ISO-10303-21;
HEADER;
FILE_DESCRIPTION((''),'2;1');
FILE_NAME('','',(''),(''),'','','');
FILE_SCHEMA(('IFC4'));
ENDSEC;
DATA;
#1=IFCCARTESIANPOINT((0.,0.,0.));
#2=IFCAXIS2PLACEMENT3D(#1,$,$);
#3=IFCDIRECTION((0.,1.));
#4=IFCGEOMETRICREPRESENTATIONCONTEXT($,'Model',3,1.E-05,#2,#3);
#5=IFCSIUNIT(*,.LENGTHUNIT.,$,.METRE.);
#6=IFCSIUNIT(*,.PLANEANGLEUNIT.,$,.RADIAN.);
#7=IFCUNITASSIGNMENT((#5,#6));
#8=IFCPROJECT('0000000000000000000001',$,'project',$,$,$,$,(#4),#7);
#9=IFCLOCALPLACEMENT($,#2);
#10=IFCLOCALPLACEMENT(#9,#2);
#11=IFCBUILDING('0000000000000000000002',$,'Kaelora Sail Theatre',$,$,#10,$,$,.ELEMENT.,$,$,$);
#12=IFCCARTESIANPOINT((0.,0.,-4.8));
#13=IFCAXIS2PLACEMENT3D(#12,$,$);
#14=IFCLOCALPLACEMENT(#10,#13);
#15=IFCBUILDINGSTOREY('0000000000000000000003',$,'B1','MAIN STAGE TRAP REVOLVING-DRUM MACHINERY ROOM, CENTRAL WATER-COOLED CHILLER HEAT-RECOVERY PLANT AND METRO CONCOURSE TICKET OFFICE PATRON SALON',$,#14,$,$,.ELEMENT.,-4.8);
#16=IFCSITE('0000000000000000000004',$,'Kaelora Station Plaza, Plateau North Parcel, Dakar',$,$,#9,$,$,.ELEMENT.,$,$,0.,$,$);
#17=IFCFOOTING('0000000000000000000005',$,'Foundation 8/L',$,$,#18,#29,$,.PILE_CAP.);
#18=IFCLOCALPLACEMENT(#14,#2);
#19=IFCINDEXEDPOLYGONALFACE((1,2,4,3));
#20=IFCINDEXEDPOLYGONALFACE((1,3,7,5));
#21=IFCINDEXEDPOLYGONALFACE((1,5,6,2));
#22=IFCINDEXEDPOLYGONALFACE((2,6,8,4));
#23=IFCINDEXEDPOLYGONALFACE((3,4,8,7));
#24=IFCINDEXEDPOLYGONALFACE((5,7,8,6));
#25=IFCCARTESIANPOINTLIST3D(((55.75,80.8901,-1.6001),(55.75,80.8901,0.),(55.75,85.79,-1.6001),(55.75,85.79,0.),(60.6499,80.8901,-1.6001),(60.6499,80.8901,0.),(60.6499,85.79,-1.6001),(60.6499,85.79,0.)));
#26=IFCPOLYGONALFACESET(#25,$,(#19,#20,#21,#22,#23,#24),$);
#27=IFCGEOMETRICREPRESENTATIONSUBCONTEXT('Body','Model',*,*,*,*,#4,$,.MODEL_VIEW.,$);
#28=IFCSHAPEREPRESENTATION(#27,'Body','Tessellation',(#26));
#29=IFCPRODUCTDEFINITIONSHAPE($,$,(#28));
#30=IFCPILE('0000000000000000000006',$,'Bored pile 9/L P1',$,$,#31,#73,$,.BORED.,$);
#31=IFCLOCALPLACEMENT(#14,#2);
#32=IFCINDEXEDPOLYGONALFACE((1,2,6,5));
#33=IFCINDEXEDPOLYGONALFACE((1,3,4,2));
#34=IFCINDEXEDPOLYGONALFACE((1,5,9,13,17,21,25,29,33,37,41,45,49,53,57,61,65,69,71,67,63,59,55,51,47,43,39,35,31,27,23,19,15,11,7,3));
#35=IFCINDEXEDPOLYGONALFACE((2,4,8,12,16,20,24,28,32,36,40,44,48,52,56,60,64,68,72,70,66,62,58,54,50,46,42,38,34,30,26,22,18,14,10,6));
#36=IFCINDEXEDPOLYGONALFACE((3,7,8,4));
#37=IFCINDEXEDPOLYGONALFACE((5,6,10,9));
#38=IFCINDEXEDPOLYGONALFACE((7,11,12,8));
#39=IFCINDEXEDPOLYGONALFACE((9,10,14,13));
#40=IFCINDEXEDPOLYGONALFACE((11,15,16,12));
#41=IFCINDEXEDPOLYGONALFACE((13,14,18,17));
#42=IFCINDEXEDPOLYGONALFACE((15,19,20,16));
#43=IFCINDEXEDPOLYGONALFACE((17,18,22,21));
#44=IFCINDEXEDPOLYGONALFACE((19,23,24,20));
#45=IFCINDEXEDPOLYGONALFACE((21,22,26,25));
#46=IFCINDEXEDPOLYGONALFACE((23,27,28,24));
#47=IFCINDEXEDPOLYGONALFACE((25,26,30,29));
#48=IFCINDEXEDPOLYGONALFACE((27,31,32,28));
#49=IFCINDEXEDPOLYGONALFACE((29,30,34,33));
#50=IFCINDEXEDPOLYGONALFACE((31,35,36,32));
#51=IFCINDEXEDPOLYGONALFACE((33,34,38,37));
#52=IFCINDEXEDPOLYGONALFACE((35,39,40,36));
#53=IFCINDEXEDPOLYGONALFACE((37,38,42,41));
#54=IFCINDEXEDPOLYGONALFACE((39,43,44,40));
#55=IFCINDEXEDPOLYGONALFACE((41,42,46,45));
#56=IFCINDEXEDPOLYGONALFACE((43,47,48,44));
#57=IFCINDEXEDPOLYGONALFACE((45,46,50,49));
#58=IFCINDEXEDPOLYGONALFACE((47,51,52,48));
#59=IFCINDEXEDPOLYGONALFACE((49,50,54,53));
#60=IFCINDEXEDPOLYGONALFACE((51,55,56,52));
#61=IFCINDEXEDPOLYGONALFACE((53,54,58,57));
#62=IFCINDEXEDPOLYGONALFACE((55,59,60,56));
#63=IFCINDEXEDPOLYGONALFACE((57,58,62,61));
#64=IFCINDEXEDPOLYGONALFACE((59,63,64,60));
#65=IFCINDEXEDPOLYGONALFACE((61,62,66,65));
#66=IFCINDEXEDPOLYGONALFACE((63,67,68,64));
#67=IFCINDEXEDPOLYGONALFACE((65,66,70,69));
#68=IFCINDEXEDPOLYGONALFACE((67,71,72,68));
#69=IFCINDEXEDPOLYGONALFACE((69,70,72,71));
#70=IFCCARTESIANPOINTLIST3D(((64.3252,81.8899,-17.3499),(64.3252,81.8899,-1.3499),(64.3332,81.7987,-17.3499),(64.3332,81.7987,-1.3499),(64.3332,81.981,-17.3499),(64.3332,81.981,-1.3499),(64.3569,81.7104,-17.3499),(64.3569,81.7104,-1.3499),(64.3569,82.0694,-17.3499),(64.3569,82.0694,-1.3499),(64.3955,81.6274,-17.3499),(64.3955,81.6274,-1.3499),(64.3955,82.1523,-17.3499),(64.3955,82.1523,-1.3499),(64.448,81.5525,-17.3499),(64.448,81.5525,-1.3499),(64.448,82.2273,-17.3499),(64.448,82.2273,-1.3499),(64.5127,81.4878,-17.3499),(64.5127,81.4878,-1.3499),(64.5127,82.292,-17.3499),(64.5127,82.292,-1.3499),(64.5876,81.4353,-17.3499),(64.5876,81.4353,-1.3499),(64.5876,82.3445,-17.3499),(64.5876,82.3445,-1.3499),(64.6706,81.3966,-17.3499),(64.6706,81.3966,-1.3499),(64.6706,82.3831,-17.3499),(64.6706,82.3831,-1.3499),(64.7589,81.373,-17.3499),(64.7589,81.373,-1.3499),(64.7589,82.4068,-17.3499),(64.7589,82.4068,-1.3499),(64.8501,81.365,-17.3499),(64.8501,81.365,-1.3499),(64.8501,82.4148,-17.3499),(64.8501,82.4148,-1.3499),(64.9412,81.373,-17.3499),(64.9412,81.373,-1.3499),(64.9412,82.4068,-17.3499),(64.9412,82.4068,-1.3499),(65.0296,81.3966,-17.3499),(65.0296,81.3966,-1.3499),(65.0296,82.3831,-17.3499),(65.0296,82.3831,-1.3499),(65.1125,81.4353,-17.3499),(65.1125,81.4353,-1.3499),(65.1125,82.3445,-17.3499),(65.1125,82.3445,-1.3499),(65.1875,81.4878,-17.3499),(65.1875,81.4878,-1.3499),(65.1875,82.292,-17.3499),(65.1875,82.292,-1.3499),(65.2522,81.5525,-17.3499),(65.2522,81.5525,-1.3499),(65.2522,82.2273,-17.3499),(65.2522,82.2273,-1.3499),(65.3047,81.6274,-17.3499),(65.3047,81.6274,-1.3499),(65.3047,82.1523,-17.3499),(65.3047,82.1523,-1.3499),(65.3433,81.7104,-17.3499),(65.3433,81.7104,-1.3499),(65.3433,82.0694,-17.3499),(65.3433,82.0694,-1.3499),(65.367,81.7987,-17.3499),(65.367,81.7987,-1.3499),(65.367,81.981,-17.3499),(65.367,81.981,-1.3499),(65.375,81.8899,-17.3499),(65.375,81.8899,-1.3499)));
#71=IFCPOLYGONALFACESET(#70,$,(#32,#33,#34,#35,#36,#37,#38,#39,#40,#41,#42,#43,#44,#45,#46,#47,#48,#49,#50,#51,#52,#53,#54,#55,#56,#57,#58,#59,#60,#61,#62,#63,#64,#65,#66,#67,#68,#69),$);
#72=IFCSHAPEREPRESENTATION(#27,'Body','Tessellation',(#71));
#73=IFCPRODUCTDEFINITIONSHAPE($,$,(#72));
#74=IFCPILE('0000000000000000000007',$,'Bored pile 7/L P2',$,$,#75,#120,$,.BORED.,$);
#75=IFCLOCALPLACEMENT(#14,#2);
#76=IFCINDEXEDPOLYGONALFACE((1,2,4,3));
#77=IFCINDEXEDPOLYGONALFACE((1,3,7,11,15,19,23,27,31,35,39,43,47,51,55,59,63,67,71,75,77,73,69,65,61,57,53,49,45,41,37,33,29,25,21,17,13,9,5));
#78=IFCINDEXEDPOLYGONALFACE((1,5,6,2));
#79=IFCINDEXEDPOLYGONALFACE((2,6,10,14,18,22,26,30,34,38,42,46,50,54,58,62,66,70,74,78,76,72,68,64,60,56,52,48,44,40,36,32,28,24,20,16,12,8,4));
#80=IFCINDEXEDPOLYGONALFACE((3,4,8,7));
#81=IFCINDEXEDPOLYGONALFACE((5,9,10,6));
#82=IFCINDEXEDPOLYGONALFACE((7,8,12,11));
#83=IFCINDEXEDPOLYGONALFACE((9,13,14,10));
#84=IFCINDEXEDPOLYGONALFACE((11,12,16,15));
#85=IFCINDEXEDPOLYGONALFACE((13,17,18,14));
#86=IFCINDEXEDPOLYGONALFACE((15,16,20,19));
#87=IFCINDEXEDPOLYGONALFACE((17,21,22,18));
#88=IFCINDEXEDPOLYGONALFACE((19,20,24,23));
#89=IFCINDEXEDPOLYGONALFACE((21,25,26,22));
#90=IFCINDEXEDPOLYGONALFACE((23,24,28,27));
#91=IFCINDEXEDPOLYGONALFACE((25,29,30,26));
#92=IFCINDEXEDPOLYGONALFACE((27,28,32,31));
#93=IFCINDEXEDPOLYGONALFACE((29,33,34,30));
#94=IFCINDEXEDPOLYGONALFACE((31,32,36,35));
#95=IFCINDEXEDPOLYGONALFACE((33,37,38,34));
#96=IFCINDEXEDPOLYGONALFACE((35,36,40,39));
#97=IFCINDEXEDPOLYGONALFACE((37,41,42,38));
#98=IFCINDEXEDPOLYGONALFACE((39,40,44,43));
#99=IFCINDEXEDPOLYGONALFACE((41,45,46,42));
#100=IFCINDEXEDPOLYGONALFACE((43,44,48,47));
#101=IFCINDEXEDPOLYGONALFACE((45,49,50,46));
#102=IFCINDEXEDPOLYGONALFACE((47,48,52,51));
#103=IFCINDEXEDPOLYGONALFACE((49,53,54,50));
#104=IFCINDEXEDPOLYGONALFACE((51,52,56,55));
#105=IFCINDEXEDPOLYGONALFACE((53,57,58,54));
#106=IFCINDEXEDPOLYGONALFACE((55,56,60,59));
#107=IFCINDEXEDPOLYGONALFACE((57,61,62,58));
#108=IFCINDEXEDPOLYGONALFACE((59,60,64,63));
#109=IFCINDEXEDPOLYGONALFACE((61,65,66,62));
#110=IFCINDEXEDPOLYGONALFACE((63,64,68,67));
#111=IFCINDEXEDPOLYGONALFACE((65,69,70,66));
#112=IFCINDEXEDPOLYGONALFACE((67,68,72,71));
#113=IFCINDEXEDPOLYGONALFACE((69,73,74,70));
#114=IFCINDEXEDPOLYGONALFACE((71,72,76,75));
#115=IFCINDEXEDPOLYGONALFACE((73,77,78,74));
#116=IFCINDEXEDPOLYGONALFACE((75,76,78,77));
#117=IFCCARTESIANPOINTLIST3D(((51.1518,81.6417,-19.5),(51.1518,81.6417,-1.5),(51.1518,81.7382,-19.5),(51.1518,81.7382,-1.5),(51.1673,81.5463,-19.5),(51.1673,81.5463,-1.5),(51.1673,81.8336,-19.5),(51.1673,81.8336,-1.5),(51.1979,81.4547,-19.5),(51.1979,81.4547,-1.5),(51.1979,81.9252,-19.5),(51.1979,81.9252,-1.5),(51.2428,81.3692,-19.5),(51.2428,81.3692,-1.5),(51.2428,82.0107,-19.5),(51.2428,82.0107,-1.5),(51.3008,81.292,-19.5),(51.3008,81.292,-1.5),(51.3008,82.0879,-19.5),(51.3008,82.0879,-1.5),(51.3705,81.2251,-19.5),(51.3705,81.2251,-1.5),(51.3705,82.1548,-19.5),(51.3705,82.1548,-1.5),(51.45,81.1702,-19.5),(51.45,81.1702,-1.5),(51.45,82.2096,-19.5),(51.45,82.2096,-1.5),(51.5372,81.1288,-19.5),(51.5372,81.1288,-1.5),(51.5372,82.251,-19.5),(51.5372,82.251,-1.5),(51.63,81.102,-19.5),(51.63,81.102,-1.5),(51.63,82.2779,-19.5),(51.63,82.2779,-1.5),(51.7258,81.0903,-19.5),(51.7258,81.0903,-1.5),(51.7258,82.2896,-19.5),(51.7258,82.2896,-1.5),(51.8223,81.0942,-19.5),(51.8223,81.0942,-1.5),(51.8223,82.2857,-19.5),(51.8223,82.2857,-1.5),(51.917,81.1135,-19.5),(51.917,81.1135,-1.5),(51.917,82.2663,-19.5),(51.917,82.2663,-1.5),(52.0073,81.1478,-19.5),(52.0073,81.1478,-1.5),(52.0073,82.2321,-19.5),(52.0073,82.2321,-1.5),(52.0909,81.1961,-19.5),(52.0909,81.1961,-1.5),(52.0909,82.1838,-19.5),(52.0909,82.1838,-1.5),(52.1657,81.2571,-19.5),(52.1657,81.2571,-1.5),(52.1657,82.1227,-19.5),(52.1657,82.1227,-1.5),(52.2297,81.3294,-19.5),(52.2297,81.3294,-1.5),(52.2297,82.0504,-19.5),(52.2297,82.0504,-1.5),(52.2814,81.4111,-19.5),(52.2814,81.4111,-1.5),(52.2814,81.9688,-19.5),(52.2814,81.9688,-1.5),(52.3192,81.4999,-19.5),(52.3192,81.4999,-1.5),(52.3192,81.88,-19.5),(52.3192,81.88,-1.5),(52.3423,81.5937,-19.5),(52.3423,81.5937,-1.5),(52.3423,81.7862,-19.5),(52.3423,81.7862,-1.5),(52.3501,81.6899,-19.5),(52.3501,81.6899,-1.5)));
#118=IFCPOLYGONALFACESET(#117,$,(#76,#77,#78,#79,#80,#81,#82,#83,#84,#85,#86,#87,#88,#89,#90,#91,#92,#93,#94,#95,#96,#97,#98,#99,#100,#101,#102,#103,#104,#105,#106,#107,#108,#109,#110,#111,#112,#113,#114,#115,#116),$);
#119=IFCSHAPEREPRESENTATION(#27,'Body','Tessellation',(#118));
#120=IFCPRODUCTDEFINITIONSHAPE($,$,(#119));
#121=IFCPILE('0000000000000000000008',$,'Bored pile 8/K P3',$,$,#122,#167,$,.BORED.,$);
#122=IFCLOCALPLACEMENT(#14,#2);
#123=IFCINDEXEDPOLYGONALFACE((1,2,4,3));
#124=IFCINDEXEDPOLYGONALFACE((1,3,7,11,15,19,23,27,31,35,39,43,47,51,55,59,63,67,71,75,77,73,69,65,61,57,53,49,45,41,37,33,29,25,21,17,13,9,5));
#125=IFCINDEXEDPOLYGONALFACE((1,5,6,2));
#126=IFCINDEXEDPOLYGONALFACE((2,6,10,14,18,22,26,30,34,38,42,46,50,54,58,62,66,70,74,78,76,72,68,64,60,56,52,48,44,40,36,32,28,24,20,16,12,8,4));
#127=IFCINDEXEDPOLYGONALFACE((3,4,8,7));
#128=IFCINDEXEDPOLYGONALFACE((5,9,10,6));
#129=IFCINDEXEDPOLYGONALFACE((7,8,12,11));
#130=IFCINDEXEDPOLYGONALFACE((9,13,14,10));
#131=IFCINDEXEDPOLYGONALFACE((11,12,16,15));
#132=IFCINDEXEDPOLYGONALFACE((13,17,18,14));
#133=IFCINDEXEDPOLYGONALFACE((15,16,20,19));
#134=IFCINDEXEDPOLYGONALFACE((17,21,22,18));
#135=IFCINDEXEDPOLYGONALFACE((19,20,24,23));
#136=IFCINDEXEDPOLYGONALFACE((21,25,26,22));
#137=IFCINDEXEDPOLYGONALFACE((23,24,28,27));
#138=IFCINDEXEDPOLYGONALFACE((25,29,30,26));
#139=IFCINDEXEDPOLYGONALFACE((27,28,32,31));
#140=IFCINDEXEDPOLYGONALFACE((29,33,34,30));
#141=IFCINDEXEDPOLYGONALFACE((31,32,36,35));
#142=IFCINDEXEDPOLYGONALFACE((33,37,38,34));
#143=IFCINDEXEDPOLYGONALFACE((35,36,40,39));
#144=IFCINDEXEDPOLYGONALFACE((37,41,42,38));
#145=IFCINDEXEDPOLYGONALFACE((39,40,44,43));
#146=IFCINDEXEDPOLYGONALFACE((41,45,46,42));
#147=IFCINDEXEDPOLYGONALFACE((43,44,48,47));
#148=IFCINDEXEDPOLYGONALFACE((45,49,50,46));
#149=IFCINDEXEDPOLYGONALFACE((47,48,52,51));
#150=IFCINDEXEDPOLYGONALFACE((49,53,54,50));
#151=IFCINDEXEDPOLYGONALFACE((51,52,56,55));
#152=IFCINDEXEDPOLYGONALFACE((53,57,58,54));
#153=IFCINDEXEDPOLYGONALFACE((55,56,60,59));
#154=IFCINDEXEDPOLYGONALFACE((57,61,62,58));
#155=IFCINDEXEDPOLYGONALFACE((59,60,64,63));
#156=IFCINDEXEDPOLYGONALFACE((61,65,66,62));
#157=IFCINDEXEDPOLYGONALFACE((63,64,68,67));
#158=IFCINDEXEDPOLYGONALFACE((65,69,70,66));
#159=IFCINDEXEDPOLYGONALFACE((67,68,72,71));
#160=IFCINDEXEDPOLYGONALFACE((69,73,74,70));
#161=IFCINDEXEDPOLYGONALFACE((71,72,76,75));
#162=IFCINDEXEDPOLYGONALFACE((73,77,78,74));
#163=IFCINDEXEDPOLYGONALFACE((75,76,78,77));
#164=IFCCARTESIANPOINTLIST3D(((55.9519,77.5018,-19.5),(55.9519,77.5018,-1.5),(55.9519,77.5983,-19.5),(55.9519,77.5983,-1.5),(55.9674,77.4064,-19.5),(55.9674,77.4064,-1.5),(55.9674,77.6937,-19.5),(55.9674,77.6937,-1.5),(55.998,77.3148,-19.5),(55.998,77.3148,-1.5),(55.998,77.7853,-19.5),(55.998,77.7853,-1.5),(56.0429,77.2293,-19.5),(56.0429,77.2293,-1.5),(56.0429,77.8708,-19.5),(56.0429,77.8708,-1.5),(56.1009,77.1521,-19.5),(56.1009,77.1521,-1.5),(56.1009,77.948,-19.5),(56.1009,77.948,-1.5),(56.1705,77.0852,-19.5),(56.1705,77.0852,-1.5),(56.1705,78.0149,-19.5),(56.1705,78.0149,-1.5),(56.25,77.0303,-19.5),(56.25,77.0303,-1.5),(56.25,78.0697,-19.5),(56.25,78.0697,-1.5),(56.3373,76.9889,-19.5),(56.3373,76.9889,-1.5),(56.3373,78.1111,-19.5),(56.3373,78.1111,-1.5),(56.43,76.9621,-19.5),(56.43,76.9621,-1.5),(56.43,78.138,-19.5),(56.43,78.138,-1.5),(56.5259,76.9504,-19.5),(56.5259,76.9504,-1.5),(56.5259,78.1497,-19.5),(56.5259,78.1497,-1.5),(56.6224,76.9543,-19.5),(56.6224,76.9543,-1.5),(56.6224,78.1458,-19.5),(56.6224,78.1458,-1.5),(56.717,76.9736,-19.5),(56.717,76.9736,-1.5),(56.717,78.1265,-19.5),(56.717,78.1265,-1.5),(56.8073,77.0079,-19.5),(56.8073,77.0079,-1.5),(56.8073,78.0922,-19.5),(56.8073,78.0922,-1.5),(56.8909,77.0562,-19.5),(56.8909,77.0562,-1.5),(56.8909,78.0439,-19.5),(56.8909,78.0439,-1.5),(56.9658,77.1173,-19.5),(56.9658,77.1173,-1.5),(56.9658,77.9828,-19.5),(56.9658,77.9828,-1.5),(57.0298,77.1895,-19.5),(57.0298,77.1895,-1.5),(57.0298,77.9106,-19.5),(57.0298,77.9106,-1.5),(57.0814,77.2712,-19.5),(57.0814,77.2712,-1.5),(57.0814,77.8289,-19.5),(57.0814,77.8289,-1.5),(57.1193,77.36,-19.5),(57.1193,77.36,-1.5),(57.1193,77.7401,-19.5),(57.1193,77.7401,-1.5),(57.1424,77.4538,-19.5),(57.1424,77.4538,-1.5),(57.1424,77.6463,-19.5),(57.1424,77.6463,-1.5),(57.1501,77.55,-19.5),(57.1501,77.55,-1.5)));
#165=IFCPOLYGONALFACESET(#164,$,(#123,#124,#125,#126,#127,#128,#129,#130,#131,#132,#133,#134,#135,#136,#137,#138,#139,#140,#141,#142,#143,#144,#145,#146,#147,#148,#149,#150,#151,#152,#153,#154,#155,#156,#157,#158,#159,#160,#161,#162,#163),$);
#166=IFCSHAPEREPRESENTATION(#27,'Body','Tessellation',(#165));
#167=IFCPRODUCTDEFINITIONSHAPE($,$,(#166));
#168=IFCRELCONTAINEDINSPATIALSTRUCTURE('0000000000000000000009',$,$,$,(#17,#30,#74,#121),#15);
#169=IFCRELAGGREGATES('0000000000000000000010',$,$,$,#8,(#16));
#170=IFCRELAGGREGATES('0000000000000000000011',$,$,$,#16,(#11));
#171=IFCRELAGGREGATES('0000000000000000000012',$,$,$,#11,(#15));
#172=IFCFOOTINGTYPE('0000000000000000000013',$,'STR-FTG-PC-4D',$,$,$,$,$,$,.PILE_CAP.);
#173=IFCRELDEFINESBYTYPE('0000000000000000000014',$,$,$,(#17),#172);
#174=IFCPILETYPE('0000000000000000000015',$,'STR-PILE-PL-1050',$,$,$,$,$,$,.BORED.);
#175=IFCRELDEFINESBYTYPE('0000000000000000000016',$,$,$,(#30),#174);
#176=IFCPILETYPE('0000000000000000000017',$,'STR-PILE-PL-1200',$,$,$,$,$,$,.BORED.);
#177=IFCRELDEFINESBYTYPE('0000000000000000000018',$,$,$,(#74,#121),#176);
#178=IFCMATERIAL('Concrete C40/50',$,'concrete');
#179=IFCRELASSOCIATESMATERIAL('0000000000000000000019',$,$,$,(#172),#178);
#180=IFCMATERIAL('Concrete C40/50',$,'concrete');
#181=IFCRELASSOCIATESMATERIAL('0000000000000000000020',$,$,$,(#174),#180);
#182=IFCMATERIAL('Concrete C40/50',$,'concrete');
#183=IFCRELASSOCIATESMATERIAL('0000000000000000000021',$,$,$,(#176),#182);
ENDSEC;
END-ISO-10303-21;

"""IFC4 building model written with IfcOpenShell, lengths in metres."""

from ifc_helpers import new_model, si_unit, direction, frame, origin, origin_2d, place, context, subcontext, project, spatial, rectangle, circle, extrude, material, material_profile, profile_set, type_object, element, save


model = new_model("IFC4")

# Units and contexts
model_context = context("Model", 3, precision=1e-05, world=origin(), true_north=direction((0.0, 1.0)))
body_context = subcontext(model_context, "Body", "Model", "MODEL_VIEW")
ifc_project = project(units=[si_unit("LENGTHUNIT", "METRE"), si_unit("PLANEANGLEUNIT", "RADIAN")], contexts=[model_context])

# Site, building, storey
site_placement = place(None, origin())
site = spatial("IfcSite", under=ifc_project, at=site_placement, Name="Kaelora Station Plaza, Plateau North Parcel, Dakar", CompositionType="ELEMENT", RefElevation=0.0)
building_placement = place(site_placement, origin())
building = spatial("IfcBuilding", under=site, at=building_placement, Name="Kaelora Sail Theatre", CompositionType="ELEMENT")
storey_placement = place(building_placement, frame((0.0, 0.0, -4.8)))
storey = spatial("IfcBuildingStorey", under=building, at=storey_placement, Name="B1", Description="MAIN STAGE TRAP REVOLVING-DRUM MACHINERY ROOM, CENTRAL WATER-COOLED CHILLER HEAT-RECOVERY PLANT AND METRO CONCOURSE TICKET OFFICE PATRON SALON", CompositionType="ELEMENT", Elevation=-4.8)

# Footing
ifc_material_1 = material(Name="Concrete C40/50", Category="concrete")
footing_type = type_object("IfcFootingType", Name="STR-FTG-PC-4D", PredefinedType="PILE_CAP", material=ifc_material_1)
footing_placement = place(storey_placement, frame((58.2, 83.3401, -1.6001), z_axis=(0.0, 0.0, 1.0), x_axis=(1.0, 0.0, 0.0)))
element("IfcFooting", 1, at=footing_placement, inside=storey, type_object=footing_type, Name="Foundation 8/L", PredefinedType="PILE_CAP", context=body_context, shape_type="SweptSolid", body=[
    extrude(rectangle(XDim=4.8999, YDim=4.8999, at=origin_2d()), origin(), (0.0, 0.0, 1.0), 1.6001),
])

# Piles
ifc_material_2 = material(Name="Concrete C40/50", Category="concrete")
ifc_material_profile_1 = material_profile(ifc_material_2, circle(Radius=0.5249, at=origin_2d()), Name="PILE D1050")
ifc_profile_set_1 = profile_set([ifc_material_profile_1], Name="Concrete C40/50")
pile_type_1 = type_object("IfcPileType", Name="STR-PILE-PL-1050", PredefinedType="BORED", material=ifc_profile_set_1)
pile_placement = place(storey_placement, frame((64.8501, 81.8899, -1.3499), z_axis=(0.0, 0.0, -1.0), x_axis=(1.0, 0.0, 0.0)))
element("IfcPile", 2, at=pile_placement, inside=storey, type_object=pile_type_1, Name="Bored pile 9/L P1", PredefinedType="BORED", context=body_context, shape_type="SweptSolid", body=[
    extrude(circle(Radius=0.5249, at=origin_2d()), origin(), (0.0, 0.0, 1.0), 16.0),
])
ifc_material_3 = material(Name="Concrete C40/50", Category="concrete")
ifc_material_profile_2 = material_profile(ifc_material_3, circle(Radius=0.6001, at=origin_2d()), Name="PILE D1200")
ifc_profile_set_2 = profile_set([ifc_material_profile_2], Name="Concrete C40/50")
pile_type_2 = type_object("IfcPileType", Name="STR-PILE-PL-1200", PredefinedType="BORED", material=ifc_profile_set_2)
for number, where, z_axis, x_axis, name in (
    (3, (51.75, 81.6899, -1.5), (0.0, 0.0, -1.0), (1.0, 0.0, 0.0), "Bored pile 7/L P2"),
    (4, (56.55, 77.55, -1.5), (0.0, 0.0, -1.0), (1.0, 0.0, 0.0), "Bored pile 8/K P3"),
):
    element("IfcPile", number, at=place(storey_placement, frame(where, z_axis=z_axis, x_axis=x_axis)), inside=storey, type_object=pile_type_2, Name=name, PredefinedType="BORED", context=body_context, shape_type="SweptSolid", body=[
        extrude(circle(Radius=0.6001, at=origin_2d()), origin(), (0.0, 0.0, 1.0), 18.0),
    ])

save(model, "model.ifc")
